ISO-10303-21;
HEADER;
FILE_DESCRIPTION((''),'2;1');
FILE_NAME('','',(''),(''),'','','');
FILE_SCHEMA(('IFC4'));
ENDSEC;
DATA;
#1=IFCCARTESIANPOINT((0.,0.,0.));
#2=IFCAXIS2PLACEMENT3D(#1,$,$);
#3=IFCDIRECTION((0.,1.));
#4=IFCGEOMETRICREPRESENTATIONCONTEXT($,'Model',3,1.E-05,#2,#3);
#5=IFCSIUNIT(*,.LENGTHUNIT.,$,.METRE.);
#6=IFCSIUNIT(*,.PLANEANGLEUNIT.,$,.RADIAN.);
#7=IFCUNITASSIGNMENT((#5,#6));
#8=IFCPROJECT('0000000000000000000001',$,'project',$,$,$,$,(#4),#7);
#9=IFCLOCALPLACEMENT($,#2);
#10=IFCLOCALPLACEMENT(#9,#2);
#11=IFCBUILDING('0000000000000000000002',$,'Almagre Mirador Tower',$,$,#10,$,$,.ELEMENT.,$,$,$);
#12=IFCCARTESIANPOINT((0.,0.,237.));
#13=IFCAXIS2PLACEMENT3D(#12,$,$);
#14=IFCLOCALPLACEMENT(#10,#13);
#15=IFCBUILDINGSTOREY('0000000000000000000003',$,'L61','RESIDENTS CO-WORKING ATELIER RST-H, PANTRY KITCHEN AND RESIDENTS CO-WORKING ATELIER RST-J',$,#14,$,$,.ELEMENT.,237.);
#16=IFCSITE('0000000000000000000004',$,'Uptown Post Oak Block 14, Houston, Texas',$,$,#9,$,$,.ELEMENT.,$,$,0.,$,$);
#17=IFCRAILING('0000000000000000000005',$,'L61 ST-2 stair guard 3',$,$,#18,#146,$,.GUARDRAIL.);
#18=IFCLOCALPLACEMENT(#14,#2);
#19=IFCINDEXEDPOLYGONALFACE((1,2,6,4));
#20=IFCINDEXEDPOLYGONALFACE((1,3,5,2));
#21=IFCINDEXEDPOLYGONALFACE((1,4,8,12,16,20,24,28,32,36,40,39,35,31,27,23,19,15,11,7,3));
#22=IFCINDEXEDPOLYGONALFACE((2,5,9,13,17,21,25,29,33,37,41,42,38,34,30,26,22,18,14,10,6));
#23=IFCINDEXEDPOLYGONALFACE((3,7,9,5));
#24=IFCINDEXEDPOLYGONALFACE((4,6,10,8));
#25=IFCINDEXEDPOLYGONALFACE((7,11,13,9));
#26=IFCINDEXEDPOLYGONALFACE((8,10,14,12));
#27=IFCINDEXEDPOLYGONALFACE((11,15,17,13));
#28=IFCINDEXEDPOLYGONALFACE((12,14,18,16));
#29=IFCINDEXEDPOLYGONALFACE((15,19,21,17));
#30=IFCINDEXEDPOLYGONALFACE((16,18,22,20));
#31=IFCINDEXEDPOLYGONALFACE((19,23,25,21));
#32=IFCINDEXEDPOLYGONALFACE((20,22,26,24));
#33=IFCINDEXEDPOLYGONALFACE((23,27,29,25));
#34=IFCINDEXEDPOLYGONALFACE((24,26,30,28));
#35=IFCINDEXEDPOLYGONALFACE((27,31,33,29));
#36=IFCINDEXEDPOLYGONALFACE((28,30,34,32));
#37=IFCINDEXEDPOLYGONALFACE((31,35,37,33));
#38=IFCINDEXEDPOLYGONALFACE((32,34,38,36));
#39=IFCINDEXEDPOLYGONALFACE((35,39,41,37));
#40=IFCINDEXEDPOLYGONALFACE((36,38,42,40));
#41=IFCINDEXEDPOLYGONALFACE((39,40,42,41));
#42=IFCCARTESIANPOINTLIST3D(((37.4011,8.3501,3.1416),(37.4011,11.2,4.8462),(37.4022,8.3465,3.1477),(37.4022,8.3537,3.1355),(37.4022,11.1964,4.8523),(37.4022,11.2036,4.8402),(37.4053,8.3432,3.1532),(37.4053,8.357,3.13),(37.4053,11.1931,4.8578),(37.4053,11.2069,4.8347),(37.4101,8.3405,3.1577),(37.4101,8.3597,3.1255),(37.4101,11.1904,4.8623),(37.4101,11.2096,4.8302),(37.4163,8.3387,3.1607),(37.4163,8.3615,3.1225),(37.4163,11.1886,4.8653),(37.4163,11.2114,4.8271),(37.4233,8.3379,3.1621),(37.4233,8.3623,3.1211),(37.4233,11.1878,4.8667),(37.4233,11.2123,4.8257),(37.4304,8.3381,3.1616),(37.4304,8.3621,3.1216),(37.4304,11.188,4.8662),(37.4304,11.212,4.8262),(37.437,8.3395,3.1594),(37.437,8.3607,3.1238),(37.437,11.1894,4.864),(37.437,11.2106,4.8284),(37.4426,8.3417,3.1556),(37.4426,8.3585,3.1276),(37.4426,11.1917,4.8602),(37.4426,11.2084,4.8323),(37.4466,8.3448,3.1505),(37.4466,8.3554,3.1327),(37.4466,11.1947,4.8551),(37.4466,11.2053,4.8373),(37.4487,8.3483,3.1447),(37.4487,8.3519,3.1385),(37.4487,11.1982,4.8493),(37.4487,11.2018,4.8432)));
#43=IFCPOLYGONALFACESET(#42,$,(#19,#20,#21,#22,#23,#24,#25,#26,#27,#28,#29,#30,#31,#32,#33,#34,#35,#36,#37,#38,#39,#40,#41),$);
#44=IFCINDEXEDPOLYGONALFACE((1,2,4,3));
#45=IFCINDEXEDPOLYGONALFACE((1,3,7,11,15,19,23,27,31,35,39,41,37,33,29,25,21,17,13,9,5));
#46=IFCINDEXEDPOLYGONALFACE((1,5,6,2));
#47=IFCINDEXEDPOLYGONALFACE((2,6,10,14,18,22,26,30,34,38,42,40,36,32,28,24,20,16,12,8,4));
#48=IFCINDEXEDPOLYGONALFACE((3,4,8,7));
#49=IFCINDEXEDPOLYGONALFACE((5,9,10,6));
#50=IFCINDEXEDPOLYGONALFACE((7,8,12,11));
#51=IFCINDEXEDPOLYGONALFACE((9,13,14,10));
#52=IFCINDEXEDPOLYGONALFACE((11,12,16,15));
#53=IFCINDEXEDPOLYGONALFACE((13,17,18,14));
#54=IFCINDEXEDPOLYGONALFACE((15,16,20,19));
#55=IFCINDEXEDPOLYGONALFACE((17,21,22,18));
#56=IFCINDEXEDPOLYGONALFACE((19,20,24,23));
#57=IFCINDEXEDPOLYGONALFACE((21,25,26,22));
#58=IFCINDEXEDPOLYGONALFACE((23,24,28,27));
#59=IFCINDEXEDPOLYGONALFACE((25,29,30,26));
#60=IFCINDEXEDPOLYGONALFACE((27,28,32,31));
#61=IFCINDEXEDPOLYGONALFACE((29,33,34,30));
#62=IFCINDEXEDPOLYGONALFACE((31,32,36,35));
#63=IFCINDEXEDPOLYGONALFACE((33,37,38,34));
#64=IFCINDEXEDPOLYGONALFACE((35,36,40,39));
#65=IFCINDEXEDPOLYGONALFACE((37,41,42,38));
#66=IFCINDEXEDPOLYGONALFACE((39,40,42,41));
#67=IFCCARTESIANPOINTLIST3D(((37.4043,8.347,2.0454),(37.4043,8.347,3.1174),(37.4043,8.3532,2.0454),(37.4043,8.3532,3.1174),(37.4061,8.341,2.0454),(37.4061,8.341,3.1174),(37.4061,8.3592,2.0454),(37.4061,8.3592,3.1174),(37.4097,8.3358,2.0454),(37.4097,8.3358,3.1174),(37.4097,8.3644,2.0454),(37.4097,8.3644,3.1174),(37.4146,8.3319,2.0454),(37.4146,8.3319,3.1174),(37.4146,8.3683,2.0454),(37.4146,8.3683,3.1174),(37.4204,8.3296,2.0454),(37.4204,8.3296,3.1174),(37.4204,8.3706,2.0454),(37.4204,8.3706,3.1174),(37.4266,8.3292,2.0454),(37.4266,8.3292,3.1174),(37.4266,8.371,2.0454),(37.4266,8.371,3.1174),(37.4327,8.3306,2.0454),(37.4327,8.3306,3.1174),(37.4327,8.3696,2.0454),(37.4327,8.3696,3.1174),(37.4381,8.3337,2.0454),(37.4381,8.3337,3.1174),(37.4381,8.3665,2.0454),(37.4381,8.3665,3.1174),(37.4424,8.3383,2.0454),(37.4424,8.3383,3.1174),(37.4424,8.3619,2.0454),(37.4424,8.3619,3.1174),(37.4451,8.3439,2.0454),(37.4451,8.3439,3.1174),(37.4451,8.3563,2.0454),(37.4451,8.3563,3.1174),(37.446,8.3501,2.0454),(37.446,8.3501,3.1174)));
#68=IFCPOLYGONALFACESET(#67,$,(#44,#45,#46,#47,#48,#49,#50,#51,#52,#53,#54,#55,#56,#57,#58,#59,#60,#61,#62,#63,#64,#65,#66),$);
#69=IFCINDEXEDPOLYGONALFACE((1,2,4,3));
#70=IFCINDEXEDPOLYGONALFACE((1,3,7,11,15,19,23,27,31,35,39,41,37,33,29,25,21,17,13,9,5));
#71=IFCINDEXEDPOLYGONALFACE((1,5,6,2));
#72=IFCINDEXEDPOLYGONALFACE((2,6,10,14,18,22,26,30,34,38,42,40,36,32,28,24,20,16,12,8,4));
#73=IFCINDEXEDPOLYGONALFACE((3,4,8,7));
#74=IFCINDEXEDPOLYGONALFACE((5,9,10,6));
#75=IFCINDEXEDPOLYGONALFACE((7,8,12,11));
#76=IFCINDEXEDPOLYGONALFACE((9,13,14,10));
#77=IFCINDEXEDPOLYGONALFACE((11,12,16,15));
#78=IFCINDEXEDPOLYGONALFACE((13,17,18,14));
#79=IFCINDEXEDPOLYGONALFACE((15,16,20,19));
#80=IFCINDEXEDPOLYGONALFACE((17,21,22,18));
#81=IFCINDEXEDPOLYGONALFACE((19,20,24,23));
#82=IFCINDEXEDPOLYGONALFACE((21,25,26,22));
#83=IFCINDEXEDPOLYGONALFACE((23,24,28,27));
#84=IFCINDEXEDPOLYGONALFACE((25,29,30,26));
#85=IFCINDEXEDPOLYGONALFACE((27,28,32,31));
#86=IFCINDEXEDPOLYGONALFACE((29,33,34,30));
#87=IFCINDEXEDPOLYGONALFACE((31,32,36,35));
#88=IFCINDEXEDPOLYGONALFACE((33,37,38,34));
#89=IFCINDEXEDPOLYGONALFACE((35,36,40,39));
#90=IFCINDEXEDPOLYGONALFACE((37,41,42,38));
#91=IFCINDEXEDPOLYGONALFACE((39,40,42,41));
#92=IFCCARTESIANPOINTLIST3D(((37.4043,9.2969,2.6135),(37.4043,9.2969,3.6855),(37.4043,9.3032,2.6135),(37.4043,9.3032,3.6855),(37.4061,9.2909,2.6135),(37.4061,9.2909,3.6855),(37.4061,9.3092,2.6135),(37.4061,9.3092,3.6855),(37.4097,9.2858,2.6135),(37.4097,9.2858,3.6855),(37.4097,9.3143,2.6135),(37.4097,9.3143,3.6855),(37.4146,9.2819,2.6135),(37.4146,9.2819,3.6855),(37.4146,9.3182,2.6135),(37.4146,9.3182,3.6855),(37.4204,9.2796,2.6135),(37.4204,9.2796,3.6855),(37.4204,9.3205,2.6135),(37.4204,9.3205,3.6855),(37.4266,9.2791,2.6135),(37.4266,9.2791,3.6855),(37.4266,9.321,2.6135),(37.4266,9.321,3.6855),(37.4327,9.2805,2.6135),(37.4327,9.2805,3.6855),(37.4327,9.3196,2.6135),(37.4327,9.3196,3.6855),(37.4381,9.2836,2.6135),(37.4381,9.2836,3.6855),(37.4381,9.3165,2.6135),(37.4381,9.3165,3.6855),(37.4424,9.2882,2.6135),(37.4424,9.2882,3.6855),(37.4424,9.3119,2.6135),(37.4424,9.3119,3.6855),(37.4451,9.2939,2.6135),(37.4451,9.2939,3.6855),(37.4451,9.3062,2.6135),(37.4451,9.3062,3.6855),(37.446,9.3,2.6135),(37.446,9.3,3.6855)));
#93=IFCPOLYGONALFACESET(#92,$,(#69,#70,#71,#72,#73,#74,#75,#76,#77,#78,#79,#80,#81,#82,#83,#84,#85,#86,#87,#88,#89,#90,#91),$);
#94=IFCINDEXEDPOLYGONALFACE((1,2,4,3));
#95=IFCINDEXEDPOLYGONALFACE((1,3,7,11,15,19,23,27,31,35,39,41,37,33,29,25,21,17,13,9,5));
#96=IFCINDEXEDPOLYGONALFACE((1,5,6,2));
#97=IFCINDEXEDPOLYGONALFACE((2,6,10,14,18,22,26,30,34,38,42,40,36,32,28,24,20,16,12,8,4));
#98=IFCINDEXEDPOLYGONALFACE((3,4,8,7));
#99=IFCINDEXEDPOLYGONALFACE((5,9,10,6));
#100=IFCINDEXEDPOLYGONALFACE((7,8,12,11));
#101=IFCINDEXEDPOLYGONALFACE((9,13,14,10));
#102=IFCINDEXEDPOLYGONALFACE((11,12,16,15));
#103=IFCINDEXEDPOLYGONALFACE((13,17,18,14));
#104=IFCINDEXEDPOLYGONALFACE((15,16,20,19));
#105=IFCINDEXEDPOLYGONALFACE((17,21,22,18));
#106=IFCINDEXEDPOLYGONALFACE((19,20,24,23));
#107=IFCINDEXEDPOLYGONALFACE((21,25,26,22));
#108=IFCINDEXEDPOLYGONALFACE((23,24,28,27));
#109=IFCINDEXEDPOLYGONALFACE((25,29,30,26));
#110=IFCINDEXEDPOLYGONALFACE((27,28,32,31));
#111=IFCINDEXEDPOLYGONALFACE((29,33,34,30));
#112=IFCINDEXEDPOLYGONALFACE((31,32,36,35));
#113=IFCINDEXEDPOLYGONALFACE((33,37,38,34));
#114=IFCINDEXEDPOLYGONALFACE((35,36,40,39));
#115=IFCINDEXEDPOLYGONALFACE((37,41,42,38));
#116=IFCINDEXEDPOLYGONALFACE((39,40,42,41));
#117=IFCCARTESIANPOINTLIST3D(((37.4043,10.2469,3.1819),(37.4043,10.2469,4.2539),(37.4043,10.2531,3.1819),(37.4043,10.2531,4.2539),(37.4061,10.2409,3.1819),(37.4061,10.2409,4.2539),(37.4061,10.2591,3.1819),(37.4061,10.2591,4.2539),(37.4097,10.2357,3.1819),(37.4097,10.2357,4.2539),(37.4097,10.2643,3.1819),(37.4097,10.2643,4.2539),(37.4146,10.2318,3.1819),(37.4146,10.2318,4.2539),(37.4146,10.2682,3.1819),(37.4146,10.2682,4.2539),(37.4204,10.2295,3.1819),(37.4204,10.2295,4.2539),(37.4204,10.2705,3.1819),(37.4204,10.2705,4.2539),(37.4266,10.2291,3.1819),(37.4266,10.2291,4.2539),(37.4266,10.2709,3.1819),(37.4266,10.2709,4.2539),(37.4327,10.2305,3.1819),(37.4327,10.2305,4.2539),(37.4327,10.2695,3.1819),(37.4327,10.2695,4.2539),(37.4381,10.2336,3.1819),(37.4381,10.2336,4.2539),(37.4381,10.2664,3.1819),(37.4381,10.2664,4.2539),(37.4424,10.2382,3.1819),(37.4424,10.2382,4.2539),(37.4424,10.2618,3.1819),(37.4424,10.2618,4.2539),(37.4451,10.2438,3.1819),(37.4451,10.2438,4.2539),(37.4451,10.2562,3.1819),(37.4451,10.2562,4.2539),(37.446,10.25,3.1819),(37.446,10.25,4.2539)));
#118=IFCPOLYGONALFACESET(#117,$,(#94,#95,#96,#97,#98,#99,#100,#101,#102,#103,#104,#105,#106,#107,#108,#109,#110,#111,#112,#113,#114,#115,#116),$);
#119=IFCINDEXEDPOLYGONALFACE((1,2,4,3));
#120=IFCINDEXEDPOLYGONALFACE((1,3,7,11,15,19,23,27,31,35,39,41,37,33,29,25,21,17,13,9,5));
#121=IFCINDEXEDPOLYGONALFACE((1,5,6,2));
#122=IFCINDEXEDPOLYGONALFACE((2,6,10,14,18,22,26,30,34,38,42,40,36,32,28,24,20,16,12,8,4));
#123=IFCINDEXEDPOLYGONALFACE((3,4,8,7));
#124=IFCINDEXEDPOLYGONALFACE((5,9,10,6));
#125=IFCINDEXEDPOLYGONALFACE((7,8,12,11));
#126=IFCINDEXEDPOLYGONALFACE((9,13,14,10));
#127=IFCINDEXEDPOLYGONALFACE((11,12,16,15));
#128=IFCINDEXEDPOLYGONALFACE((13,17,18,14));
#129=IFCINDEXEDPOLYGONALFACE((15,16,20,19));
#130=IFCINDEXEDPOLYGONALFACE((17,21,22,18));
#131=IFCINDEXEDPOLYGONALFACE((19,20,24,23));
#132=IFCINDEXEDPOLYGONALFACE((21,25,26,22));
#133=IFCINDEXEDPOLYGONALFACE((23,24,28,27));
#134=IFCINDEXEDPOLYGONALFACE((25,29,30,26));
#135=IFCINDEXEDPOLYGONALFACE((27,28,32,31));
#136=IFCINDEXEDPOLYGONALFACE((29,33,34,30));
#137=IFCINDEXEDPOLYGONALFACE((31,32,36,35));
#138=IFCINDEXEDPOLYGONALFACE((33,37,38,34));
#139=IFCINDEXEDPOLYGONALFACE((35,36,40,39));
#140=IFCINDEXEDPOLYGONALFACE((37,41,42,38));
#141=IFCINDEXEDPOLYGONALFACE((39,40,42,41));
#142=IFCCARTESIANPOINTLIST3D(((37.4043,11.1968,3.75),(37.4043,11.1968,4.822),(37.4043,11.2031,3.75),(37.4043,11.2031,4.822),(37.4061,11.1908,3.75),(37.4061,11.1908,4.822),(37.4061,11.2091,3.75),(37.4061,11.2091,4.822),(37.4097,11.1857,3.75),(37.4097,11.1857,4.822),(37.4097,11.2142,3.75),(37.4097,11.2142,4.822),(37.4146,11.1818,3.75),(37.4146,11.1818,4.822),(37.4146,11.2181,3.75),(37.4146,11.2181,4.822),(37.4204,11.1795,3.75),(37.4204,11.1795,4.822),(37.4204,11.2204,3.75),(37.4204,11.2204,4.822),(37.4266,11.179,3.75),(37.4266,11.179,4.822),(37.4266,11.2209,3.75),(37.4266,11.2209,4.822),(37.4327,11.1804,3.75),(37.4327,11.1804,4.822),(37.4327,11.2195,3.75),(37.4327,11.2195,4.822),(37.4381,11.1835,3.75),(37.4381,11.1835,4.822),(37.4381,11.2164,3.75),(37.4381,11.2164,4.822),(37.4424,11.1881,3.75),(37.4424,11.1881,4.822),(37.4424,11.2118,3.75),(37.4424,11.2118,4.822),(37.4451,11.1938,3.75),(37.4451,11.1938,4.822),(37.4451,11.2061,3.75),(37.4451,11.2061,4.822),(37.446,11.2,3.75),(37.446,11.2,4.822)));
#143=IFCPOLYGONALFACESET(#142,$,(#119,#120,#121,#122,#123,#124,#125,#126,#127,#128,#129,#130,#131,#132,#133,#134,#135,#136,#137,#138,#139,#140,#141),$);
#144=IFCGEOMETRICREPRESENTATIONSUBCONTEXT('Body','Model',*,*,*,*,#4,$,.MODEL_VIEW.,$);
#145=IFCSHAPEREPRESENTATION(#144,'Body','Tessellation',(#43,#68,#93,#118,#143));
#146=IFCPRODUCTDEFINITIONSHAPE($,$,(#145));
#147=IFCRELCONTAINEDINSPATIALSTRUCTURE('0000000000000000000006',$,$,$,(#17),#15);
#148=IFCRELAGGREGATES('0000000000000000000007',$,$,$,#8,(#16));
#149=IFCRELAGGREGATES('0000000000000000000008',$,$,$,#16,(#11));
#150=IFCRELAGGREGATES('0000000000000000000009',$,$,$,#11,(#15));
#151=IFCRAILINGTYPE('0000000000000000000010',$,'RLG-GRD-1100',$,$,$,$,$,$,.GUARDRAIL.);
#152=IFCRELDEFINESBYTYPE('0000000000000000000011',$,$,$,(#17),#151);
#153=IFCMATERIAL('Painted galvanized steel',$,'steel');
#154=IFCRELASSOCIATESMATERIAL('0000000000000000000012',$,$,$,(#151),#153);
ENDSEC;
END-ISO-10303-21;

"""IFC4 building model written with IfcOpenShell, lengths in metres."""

from ifc_helpers import new_model, si_unit, direction, frame, origin, origin_2d, place, context, subcontext, project, spatial, circle, extrude, material, type_object, element, save


model = new_model("IFC4")

# Units and contexts
model_context = context("Model", 3, precision=1e-05, world=origin(), true_north=direction((0.0, 1.0)))
body_context = subcontext(model_context, "Body", "Model", "MODEL_VIEW")
ifc_project = project(units=[si_unit("LENGTHUNIT", "METRE"), si_unit("PLANEANGLEUNIT", "RADIAN")], contexts=[model_context])

# Site, building, storey
site_placement = place(None, origin())
site = spatial("IfcSite", under=ifc_project, at=site_placement, Name="Uptown Post Oak Block 14, Houston, Texas", CompositionType="ELEMENT", RefElevation=0.0)
building_placement = place(site_placement, origin())
building = spatial("IfcBuilding", under=site, at=building_placement, Name="Almagre Mirador Tower", CompositionType="ELEMENT")
storey_placement = place(building_placement, frame((0.0, 0.0, 237.0)))
storey = spatial("IfcBuildingStorey", under=building, at=storey_placement, Name="L61", Description="RESIDENTS CO-WORKING ATELIER RST-H, PANTRY KITCHEN AND RESIDENTS CO-WORKING ATELIER RST-J", CompositionType="ELEMENT", Elevation=237.0)

# Railing
ifc_material_1 = material(Name="Painted galvanized steel", Category="steel")
railing_type_1 = type_object("IfcRailingType", Name="RLG-GRD-1100", PredefinedType="GUARDRAIL", material=ifc_material_1)
railing_1_placement = place(storey_placement, frame((37.425, 8.3501, 2.0454)))
element("IfcRailing", 1, at=railing_1_placement, inside=storey, type_object=railing_type_1, Name="L61 ST-2 stair guard 3", PredefinedType="GUARDRAIL", context=body_context, shape_type="SweptSolid", body=[
    extrude(circle(Radius=0.0239, at=origin_2d()), frame((0.0, 0.0, 1.0962), z_axis=(0.0, 0.858199, 0.513317), x_axis=(-1.0, 0.0, 0.0)), (0.0, 0.0, 1.0), 3.3208),
    extrude(circle(Radius=0.021, at=origin_2d()), origin(), (0.0, 0.0, 1.0), 1.072),
    extrude(circle(Radius=0.021, at=origin_2d()), frame((0.0, 0.95, 0.5681)), (0.0, 0.0, 1.0), 1.072),
    extrude(circle(Radius=0.021, at=origin_2d()), frame((0.0, 1.8999, 1.1365)), (0.0, 0.0, 1.0), 1.072),
    extrude(circle(Radius=0.021, at=origin_2d()), frame((0.0, 2.8499, 1.7046)), (0.0, 0.0, 1.0), 1.072),
])

save(model, "model.ifc")
